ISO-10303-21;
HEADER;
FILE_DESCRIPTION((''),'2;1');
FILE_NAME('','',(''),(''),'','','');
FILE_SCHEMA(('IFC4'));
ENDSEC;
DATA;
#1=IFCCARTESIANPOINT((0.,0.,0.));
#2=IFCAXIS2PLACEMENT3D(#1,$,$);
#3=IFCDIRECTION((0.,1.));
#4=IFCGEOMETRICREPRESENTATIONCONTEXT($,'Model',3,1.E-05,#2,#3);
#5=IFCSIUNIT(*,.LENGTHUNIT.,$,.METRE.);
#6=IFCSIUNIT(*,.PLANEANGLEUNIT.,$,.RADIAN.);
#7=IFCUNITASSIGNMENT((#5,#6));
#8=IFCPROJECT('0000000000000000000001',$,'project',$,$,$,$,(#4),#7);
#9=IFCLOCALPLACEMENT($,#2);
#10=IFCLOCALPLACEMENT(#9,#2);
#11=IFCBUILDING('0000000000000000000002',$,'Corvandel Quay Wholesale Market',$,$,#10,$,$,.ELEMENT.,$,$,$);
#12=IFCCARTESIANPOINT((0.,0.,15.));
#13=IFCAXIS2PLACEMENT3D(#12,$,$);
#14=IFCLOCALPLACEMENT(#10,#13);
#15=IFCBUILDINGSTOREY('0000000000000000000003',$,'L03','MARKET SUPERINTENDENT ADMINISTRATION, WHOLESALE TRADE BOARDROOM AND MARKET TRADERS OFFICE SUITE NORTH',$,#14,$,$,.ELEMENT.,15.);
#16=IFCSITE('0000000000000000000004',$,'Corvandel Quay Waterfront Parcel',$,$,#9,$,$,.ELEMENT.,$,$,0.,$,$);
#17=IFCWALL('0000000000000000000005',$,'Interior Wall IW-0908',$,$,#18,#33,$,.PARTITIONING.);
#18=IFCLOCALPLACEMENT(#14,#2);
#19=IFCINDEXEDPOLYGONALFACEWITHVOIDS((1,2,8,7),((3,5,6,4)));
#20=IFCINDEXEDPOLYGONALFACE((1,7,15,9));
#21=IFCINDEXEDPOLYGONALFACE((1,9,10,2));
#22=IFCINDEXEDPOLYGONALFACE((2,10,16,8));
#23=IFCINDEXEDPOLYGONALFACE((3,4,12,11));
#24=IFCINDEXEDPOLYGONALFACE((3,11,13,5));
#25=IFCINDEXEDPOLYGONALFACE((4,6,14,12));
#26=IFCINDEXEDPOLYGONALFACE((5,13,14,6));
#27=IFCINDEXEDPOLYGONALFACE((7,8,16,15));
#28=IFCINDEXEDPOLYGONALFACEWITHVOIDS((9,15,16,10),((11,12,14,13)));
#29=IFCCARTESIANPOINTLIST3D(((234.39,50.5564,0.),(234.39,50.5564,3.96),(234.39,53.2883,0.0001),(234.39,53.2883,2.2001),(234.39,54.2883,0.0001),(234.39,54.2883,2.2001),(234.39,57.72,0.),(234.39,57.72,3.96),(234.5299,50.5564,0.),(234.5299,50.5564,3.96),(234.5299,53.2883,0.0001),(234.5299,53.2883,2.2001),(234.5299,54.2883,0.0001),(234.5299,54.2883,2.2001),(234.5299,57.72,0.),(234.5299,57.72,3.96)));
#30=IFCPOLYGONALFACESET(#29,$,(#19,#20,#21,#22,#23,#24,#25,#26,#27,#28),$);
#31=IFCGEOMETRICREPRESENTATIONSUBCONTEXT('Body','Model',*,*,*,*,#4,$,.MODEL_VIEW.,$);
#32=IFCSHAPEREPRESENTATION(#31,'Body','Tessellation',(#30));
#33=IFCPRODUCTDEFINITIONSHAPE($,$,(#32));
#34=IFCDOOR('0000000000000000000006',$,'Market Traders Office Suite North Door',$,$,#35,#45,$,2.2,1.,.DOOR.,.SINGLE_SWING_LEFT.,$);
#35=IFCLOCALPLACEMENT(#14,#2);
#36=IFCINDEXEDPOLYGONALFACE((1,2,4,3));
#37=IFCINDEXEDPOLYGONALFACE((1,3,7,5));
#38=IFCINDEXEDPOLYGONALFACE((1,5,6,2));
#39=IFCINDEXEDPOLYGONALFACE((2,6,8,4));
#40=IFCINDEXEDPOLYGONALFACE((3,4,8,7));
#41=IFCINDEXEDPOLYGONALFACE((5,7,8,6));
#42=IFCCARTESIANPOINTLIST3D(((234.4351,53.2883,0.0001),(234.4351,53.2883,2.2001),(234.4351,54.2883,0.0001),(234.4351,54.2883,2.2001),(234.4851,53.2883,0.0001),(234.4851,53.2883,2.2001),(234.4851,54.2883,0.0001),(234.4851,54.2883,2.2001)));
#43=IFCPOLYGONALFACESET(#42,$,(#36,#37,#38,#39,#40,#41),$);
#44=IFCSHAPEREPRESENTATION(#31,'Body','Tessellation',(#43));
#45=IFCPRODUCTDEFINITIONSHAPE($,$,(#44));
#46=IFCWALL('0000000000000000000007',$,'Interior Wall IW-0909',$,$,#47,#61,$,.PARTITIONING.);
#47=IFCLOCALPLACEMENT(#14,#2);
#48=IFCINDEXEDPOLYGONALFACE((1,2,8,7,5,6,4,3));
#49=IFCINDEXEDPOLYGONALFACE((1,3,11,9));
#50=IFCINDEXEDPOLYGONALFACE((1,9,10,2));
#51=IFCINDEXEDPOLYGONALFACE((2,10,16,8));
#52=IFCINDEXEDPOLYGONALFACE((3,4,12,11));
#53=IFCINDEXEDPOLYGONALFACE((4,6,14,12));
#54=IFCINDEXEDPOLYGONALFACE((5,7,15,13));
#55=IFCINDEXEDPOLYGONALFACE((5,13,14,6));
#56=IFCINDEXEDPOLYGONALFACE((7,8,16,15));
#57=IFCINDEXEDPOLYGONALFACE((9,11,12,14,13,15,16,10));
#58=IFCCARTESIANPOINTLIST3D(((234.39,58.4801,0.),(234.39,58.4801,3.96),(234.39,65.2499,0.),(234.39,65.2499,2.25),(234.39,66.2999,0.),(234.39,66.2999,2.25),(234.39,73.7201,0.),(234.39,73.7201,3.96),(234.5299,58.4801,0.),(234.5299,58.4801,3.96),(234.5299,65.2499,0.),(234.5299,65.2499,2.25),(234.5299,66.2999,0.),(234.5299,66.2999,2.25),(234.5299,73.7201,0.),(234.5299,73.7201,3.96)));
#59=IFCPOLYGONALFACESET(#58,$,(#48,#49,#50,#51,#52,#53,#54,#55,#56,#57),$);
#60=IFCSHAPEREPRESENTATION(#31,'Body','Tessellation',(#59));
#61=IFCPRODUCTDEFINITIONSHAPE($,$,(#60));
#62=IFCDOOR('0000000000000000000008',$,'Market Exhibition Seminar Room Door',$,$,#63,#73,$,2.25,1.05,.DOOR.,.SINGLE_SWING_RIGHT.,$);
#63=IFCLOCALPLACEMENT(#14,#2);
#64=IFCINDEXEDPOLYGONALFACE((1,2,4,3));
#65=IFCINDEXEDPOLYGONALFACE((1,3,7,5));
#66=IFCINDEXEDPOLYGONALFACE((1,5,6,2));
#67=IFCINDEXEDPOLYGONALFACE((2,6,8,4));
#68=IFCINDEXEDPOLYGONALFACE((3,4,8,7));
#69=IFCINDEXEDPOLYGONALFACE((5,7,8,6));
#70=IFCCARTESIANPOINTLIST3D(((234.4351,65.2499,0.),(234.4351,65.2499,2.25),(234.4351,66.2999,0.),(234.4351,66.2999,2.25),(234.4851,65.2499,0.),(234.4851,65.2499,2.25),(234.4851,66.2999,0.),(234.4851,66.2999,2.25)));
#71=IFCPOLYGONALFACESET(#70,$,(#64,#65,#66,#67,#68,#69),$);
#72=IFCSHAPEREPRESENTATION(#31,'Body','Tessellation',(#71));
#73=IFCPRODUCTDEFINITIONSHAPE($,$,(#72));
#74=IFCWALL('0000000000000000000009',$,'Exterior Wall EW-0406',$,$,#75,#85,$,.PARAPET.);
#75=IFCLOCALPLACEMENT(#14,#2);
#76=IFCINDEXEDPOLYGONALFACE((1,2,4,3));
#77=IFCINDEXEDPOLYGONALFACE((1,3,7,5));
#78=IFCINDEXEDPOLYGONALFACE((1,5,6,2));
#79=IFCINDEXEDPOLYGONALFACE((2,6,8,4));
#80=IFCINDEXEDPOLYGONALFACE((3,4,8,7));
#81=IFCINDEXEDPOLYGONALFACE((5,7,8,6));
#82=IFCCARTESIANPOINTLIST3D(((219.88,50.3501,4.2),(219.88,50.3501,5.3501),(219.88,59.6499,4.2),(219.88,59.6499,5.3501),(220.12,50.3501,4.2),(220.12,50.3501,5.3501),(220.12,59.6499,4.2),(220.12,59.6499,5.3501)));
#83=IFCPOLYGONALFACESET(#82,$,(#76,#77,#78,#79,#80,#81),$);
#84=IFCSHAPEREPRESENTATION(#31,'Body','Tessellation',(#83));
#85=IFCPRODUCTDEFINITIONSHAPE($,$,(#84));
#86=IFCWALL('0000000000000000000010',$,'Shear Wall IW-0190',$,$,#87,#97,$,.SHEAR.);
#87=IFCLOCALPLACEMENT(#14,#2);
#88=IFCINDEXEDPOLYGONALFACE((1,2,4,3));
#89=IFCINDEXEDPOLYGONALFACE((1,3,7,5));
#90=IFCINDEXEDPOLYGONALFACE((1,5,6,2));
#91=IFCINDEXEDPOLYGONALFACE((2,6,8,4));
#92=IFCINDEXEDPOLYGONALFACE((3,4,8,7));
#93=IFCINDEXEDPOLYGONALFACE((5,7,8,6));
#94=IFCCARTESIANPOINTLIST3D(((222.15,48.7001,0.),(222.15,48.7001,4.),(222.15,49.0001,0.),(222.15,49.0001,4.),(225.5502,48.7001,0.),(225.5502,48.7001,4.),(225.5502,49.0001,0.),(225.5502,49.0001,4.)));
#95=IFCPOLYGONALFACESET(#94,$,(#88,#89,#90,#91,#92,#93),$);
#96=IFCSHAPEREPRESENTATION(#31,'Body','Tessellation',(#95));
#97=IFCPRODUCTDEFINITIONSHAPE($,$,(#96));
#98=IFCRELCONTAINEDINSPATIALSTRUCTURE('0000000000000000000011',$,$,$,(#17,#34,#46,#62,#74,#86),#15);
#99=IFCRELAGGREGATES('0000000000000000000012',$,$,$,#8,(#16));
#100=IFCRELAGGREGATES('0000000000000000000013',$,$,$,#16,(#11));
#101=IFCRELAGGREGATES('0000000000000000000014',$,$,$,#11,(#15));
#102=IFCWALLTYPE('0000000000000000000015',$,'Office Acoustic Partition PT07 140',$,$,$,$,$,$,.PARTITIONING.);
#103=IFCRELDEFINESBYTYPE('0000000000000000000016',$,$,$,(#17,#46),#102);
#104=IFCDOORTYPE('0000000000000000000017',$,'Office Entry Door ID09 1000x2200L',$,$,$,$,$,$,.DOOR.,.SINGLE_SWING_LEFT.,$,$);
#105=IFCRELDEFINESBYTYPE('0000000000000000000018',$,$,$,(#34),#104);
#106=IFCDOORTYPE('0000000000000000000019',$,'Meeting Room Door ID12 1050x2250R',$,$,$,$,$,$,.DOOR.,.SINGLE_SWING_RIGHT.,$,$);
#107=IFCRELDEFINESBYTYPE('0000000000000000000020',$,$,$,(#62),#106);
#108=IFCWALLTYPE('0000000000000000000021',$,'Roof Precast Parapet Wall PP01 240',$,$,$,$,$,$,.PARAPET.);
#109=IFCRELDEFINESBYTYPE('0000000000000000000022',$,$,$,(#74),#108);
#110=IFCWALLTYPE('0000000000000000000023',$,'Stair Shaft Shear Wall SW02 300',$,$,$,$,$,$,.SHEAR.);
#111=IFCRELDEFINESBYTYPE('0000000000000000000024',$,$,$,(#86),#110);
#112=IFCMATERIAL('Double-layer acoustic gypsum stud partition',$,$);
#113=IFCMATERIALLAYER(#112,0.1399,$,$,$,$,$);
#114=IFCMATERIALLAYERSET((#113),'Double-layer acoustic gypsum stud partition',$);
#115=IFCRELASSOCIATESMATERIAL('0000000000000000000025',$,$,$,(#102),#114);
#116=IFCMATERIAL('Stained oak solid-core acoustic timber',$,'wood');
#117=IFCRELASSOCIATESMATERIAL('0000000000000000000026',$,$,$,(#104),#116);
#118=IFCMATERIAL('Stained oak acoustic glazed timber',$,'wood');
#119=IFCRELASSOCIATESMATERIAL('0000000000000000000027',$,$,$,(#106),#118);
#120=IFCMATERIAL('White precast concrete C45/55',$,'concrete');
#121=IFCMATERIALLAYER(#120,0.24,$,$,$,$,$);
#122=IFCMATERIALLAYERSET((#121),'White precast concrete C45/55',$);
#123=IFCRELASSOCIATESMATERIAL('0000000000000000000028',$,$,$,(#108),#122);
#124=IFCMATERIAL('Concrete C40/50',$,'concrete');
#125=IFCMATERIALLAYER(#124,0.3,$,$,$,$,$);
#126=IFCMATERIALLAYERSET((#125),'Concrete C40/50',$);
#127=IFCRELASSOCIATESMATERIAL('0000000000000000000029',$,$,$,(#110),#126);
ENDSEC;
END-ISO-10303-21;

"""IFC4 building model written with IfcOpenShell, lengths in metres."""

from ifc_helpers import new_model, si_unit, direction, frame, frame_2d, origin, place, context, subcontext, project, spatial, rectangle, extrude, material, layer, layer_set, type_object, element, fill, save


model = new_model("IFC4")

# Units and contexts
model_context = context("Model", 3, precision=1e-05, world=origin(), true_north=direction((0.0, 1.0)))
body_context = subcontext(model_context, "Body", "Model", "MODEL_VIEW")
ifc_project = project(units=[si_unit("LENGTHUNIT", "METRE"), si_unit("PLANEANGLEUNIT", "RADIAN")], contexts=[model_context])

# Site, building, storey
site_placement = place(None, origin())
site = spatial("IfcSite", under=ifc_project, at=site_placement, Name="Corvandel Quay Waterfront Parcel", CompositionType="ELEMENT", RefElevation=0.0)
building_placement = place(site_placement, origin())
building = spatial("IfcBuilding", under=site, at=building_placement, Name="Corvandel Quay Wholesale Market", CompositionType="ELEMENT")
storey_placement = place(building_placement, frame((0.0, 0.0, 15.0)))
storey = spatial("IfcBuildingStorey", under=building, at=storey_placement, Name="L03", Description="MARKET SUPERINTENDENT ADMINISTRATION, WHOLESALE TRADE BOARDROOM AND MARKET TRADERS OFFICE SUITE NORTH", CompositionType="ELEMENT", Elevation=15.0)

# Walls, openings, doors
ifc_material_1 = material(Name="Double-layer acoustic gypsum stud partition")
ifc_layer_1 = layer(ifc_material_1, 0.1399)
ifc_layer_set_1 = layer_set([ifc_layer_1], Name="Double-layer acoustic gypsum stud partition")
wall_type_1 = type_object("IfcWallType", Name="Office Acoustic Partition PT07 140", PredefinedType="PARTITIONING", material=ifc_layer_set_1)
wall_1_placement = place(storey_placement, frame((234.46, 50.5564, 0.0), z_axis=(0.0, 0.0, 1.0), x_axis=(0.0, 1.0, 0.0)))
wall_1 = element("IfcWall", 1, at=wall_1_placement, inside=storey, type_object=wall_type_1, Name="Interior Wall IW-0908", PredefinedType="PARTITIONING", context=body_context, shape_type="SweptSolid", body=[
    extrude(rectangle(XDim=7.1636, YDim=0.1399, at=frame_2d((3.5818, 0.0))), origin(), (0.0, 0.0, 1.0), 3.96),
])
opening_1_placement = place(wall_1_placement, frame((2.7319, 0.0, 0.0)))
opening_1 = element("IfcOpeningElement", 2, at=opening_1_placement, cuts=wall_1, PredefinedType="OPENING", context=body_context, shape_type="SweptSolid", body=[
    extrude(rectangle(XDim=1.0, YDim=2.2, at=frame_2d((0.5, 1.1001))), frame((0.0, 0.0798, 0.0), z_axis=(0.0, -1.0, 0.0), x_axis=(1.0, 0.0, 0.0)), (0.0, 0.0, 1.0), 0.1599),
])
ifc_material_2 = material(Name="Stained oak solid-core acoustic timber", Category="wood")
door_type_1 = type_object("IfcDoorType", Name="Office Entry Door ID09 1000x2200L", OperationType="SINGLE_SWING_LEFT", PredefinedType="DOOR", material=ifc_material_2)
door_1_placement = place(opening_1_placement, origin())
door_1 = element("IfcDoor", 3, at=door_1_placement, inside=storey, type_object=door_type_1, Name="Market Traders Office Suite North Door", OperationType="SINGLE_SWING_LEFT", OverallHeight=2.2, OverallWidth=1.0, PredefinedType="DOOR", context=body_context, shape_type="SweptSolid", body=[
    extrude(rectangle(XDim=1.0, YDim=2.2, at=frame_2d((0.5, 1.1001))), frame((0.0, 0.0249, 0.0), z_axis=(0.0, -1.0, 0.0), x_axis=(1.0, 0.0, 0.0)), (0.0, 0.0, 1.0), 0.05),
])
fill(opening_1, door_1)
wall_2_placement = place(storey_placement, frame((234.46, 58.48, 0.0), z_axis=(0.0, 0.0, 1.0), x_axis=(0.0, 1.0, 0.0)))
wall_2 = element("IfcWall", 4, at=wall_2_placement, inside=storey, type_object=wall_type_1, Name="Interior Wall IW-0909", PredefinedType="PARTITIONING", context=body_context, shape_type="SweptSolid", body=[
    extrude(rectangle(XDim=15.24, YDim=0.1399, at=frame_2d((7.6201, 0.0))), origin(), (0.0, 0.0, 1.0), 3.96),
])
opening_2_placement = place(wall_2_placement, frame((6.77, 0.0, 0.0)))
opening_2 = element("IfcOpeningElement", 5, at=opening_2_placement, cuts=wall_2, PredefinedType="OPENING", context=body_context, shape_type="SweptSolid", body=[
    extrude(rectangle(XDim=1.05, YDim=2.25, at=frame_2d((0.5249, 1.125))), frame((0.0, 0.0798, 0.0), z_axis=(0.0, -1.0, 0.0), x_axis=(1.0, 0.0, 0.0)), (0.0, 0.0, 1.0), 0.1599),
])
ifc_material_3 = material(Name="Stained oak acoustic glazed timber", Category="wood")
door_type_2 = type_object("IfcDoorType", Name="Meeting Room Door ID12 1050x2250R", OperationType="SINGLE_SWING_RIGHT", PredefinedType="DOOR", material=ifc_material_3)
door_2_placement = place(opening_2_placement, origin())
door_2 = element("IfcDoor", 6, at=door_2_placement, inside=storey, type_object=door_type_2, Name="Market Exhibition Seminar Room Door", OperationType="SINGLE_SWING_RIGHT", OverallHeight=2.25, OverallWidth=1.05, PredefinedType="DOOR", context=body_context, shape_type="SweptSolid", body=[
    extrude(rectangle(XDim=1.05, YDim=2.25, at=frame_2d((0.5249, 1.125))), frame((0.0, 0.0249, 0.0), z_axis=(0.0, -1.0, 0.0), x_axis=(1.0, 0.0, 0.0)), (0.0, 0.0, 1.0), 0.05),
])
fill(opening_2, door_2)

# Walls
ifc_material_4 = material(Name="White precast concrete C45/55", Category="concrete")
ifc_layer_2 = layer(ifc_material_4, 0.24)
ifc_layer_set_2 = layer_set([ifc_layer_2], Name="White precast concrete C45/55")
wall_type_2 = type_object("IfcWallType", Name="Roof Precast Parapet Wall PP01 240", PredefinedType="PARAPET", material=ifc_layer_set_2)
wall_3_placement = place(storey_placement, frame((220.0, 50.3501, 4.2), z_axis=(0.0, 0.0, 1.0), x_axis=(0.0, 1.0, 0.0)))
element("IfcWall", 7, at=wall_3_placement, inside=storey, type_object=wall_type_2, Name="Exterior Wall EW-0406", PredefinedType="PARAPET", context=body_context, shape_type="SweptSolid", body=[
    extrude(rectangle(XDim=9.2998, YDim=0.24, at=frame_2d((4.6499, 0.0))), origin(), (0.0, 0.0, 1.0), 1.1501),
])
ifc_material_5 = material(Name="Concrete C40/50", Category="concrete")
ifc_layer_3 = layer(ifc_material_5, 0.3)
ifc_layer_set_3 = layer_set([ifc_layer_3], Name="Concrete C40/50")
wall_type_3 = type_object("IfcWallType", Name="Stair Shaft Shear Wall SW02 300", PredefinedType="SHEAR", material=ifc_layer_set_3)
wall_4_placement = place(storey_placement, frame((222.1499, 48.8501, 0.0), z_axis=(0.0, 0.0, 1.0), x_axis=(1.0, 0.0, 0.0)))
element("IfcWall", 8, at=wall_4_placement, inside=storey, type_object=wall_type_3, Name="Shear Wall IW-0190", PredefinedType="SHEAR", context=body_context, shape_type="SweptSolid", body=[
    extrude(rectangle(XDim=3.4001, YDim=0.3, at=frame_2d((1.7002, 0.0))), origin(), (0.0, 0.0, 1.0), 4.0),
])

save(model, "model.ifc")
